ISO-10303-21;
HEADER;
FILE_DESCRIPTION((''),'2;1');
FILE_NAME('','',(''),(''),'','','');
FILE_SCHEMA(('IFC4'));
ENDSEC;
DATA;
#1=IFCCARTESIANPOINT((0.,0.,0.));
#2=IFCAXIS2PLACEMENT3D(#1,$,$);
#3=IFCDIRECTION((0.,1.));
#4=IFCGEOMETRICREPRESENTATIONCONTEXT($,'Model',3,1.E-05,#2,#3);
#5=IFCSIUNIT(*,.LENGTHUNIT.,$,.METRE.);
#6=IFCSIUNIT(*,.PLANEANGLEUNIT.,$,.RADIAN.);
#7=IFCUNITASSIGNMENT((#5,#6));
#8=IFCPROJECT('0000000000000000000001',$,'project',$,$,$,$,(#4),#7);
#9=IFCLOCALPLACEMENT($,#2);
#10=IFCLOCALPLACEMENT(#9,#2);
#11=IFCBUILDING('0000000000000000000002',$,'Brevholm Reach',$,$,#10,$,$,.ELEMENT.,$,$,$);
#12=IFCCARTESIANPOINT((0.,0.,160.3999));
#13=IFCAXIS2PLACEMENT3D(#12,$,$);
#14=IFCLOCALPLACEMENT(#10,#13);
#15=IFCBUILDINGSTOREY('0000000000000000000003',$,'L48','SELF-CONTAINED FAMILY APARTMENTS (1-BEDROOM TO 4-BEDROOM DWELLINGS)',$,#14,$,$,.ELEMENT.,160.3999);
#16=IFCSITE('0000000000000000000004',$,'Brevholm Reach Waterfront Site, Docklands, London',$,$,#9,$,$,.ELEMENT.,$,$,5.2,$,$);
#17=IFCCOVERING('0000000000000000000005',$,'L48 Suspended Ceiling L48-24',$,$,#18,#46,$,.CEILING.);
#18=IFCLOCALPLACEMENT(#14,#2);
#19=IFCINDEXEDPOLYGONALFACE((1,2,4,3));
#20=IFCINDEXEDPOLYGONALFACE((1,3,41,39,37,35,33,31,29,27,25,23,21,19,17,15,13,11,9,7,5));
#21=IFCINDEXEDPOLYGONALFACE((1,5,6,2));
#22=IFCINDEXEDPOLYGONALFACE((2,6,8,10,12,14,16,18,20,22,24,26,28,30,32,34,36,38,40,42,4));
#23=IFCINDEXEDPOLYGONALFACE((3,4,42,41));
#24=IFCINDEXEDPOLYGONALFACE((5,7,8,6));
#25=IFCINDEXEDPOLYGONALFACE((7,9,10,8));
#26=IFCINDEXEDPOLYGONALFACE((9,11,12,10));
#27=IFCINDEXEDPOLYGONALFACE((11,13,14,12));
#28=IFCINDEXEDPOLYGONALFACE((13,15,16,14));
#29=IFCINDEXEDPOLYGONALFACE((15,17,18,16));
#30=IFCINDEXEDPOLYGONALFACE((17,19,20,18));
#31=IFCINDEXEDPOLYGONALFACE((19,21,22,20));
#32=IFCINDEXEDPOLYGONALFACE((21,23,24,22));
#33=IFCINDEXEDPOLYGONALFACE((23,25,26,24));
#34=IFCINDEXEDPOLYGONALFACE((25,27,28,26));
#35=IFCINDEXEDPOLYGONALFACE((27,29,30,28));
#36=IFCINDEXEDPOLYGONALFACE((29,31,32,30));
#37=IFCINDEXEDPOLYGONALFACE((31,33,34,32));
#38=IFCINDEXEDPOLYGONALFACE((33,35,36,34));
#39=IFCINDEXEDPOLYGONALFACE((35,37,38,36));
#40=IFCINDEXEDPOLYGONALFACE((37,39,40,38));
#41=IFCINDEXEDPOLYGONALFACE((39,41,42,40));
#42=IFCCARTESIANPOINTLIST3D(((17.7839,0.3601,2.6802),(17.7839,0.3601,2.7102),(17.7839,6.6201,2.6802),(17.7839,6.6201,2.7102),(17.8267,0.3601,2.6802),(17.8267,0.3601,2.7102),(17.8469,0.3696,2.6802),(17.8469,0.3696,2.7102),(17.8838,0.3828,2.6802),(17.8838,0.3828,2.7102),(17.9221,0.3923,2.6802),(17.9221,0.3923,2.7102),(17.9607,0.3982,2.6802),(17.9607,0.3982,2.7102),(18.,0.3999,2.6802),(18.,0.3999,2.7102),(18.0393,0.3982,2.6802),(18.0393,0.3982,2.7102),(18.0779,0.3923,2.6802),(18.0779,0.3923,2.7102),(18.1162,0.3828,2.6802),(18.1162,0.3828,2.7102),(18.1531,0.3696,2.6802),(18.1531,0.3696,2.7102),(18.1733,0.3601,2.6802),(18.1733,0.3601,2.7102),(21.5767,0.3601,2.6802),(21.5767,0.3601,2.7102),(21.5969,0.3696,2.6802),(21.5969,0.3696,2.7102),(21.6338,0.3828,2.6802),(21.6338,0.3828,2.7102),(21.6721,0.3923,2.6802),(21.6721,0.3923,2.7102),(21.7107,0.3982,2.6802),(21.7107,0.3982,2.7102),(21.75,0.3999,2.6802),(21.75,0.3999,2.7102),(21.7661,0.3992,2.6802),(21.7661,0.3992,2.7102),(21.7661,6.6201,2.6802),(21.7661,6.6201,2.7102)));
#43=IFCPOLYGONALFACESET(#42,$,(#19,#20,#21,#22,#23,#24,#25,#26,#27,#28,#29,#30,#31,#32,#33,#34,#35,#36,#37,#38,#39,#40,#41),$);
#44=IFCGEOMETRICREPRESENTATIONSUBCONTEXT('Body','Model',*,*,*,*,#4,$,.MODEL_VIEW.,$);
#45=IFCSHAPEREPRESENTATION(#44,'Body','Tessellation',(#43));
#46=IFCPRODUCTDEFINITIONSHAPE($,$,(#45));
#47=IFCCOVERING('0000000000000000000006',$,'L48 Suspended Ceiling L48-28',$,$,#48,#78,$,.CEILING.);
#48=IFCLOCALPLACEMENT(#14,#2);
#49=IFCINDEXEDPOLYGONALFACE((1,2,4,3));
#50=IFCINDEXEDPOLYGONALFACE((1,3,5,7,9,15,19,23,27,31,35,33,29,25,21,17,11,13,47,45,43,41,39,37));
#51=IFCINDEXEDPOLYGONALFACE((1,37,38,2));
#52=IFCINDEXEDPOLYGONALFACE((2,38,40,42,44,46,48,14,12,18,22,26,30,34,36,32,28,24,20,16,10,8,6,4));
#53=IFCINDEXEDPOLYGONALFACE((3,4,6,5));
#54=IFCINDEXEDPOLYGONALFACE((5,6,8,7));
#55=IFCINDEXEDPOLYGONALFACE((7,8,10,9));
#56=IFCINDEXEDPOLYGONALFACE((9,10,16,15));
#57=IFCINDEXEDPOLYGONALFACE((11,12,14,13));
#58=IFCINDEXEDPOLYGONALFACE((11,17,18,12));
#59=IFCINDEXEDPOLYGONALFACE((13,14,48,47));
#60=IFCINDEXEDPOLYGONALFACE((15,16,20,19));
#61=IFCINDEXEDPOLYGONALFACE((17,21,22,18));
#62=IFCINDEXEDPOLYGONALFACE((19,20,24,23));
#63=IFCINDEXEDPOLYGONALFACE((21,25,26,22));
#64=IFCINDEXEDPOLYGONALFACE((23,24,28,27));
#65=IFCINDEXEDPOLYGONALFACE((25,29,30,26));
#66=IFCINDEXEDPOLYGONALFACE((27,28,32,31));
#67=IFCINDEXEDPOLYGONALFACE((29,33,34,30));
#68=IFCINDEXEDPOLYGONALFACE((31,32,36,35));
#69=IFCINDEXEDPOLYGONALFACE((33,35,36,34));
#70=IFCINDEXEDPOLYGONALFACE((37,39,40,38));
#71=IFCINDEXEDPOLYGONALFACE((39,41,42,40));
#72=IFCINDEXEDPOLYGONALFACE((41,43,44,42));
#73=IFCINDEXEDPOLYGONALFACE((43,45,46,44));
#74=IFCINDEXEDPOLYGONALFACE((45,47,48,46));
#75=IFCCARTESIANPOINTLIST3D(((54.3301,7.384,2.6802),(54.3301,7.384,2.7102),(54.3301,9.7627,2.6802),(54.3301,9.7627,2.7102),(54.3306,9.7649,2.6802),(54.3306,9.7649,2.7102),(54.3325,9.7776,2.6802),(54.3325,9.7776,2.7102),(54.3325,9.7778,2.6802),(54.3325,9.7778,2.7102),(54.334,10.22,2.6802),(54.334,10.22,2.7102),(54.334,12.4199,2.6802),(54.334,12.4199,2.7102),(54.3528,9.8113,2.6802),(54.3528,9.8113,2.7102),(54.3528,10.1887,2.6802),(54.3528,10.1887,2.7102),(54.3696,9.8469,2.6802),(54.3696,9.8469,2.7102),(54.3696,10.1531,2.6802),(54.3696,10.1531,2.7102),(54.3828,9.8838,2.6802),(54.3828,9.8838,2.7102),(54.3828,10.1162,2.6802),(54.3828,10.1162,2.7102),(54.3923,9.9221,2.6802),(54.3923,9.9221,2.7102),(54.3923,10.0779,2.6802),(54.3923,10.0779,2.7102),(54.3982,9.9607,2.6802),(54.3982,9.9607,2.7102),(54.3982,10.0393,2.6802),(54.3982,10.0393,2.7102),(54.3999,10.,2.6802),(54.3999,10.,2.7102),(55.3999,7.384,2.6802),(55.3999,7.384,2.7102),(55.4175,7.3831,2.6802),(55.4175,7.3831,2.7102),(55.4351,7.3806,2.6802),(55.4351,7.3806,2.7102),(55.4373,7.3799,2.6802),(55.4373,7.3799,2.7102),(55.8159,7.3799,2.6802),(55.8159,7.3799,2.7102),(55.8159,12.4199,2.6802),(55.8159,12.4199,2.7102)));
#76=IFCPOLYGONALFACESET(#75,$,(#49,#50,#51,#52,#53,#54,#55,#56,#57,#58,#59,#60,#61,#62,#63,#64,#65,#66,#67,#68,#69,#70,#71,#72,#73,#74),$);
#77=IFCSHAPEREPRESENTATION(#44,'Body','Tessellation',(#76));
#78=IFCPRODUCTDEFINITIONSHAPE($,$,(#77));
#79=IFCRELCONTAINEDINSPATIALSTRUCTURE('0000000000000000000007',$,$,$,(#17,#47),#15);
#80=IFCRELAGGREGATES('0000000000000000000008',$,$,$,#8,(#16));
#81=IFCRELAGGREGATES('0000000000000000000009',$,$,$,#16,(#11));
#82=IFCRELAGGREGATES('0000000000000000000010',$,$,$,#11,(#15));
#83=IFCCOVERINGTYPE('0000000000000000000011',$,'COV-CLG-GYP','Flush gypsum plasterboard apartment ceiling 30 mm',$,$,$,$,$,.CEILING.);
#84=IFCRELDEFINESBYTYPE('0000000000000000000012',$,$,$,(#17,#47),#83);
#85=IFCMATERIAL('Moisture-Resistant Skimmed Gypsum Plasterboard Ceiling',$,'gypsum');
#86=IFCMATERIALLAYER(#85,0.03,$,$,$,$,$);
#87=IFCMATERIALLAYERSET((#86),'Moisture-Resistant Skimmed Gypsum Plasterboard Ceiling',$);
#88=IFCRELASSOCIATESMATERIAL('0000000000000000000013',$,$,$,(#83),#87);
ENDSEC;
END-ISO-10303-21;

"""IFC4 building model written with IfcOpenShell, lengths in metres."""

from ifc_helpers import new_model, si_unit, direction, frame, origin, place, context, subcontext, project, spatial, polyline, outline, extrude, material, layer, layer_set, type_object, element, save


model = new_model("IFC4")

# Units and contexts
model_context = context("Model", 3, precision=1e-05, world=origin(), true_north=direction((0.0, 1.0)))
body_context = subcontext(model_context, "Body", "Model", "MODEL_VIEW")
ifc_project = project(units=[si_unit("LENGTHUNIT", "METRE"), si_unit("PLANEANGLEUNIT", "RADIAN")], contexts=[model_context])

# Site, building, storey
site_placement = place(None, origin())
site = spatial("IfcSite", under=ifc_project, at=site_placement, Name="Brevholm Reach Waterfront Site, Docklands, London", CompositionType="ELEMENT", RefElevation=5.2)
building_placement = place(site_placement, origin())
building = spatial("IfcBuilding", under=site, at=building_placement, Name="Brevholm Reach", CompositionType="ELEMENT")
storey_placement = place(building_placement, frame((0.0, 0.0, 160.3999)))
storey = spatial("IfcBuildingStorey", under=building, at=storey_placement, Name="L48", Description="SELF-CONTAINED FAMILY APARTMENTS (1-BEDROOM TO 4-BEDROOM DWELLINGS)", CompositionType="ELEMENT", Elevation=160.3999)

# Coverings
ifc_material_1 = material(Name="Moisture-Resistant Skimmed Gypsum Plasterboard Ceiling", Category="gypsum")
ifc_layer_1 = layer(ifc_material_1, 0.03)
ifc_layer_set_1 = layer_set([ifc_layer_1], Name="Moisture-Resistant Skimmed Gypsum Plasterboard Ceiling")
covering_type_1 = type_object("IfcCoveringType", Name="COV-CLG-GYP", Description="Flush gypsum plasterboard apartment ceiling 30 mm", PredefinedType="CEILING", material=ifc_layer_set_1)
covering_1_placement = place(storey_placement, frame((0.0, 0.0, 2.6802)))
element("IfcCovering", 1, at=covering_1_placement, inside=storey, type_object=covering_type_1, Name="L48 Suspended Ceiling L48-24", PredefinedType="CEILING", context=body_context, shape_type="SweptSolid", body=[
    extrude(outline(polyline([(21.7661, 6.6201), (21.7661, 0.3992), (21.75, 0.3999), (21.7107, 0.3982), (21.6721, 0.3923), (21.6338, 0.3828), (21.5969, 0.3696), (21.5767, 0.3601), (18.1733, 0.3601), (18.1531, 0.3696), (18.1162, 0.3828), (18.0779, 0.3923), (18.0393, 0.3982), (18.0, 0.3999), (17.9607, 0.3982), (17.9221, 0.3923), (17.8838, 0.3828), (17.8469, 0.3696), (17.8267, 0.3601), (17.7839, 0.3601), (17.7839, 6.6201), (21.7661, 6.6201)])), origin(), (0.0, 0.0, 1.0), 0.03),
])
covering_2_placement = place(storey_placement, frame((0.0, 0.0, 2.6802)))
element("IfcCovering", 2, at=covering_2_placement, inside=storey, type_object=covering_type_1, Name="L48 Suspended Ceiling L48-28", PredefinedType="CEILING", context=body_context, shape_type="SweptSolid", body=[
    extrude(outline(polyline([(54.3301, 9.7627), (54.3306, 9.7649), (54.3325, 9.7776), (54.3325, 9.7778), (54.3528, 9.8113), (54.3696, 9.8469), (54.3828, 9.8838), (54.3923, 9.9221), (54.3982, 9.9607), (54.3999, 10.0), (54.3982, 10.0393), (54.3923, 10.0779), (54.3828, 10.1162), (54.3696, 10.1531), (54.3528, 10.1887), (54.334, 10.22), (54.334, 12.4199), (55.8159, 12.4199), (55.8159, 7.3799), (55.4373, 7.3799), (55.4351, 7.3806), (55.4175, 7.3831), (55.3999, 7.384), (54.3301, 7.384), (54.3301, 9.7627)])), origin(), (0.0, 0.0, 1.0), 0.03),
])

save(model, "model.ifc")
